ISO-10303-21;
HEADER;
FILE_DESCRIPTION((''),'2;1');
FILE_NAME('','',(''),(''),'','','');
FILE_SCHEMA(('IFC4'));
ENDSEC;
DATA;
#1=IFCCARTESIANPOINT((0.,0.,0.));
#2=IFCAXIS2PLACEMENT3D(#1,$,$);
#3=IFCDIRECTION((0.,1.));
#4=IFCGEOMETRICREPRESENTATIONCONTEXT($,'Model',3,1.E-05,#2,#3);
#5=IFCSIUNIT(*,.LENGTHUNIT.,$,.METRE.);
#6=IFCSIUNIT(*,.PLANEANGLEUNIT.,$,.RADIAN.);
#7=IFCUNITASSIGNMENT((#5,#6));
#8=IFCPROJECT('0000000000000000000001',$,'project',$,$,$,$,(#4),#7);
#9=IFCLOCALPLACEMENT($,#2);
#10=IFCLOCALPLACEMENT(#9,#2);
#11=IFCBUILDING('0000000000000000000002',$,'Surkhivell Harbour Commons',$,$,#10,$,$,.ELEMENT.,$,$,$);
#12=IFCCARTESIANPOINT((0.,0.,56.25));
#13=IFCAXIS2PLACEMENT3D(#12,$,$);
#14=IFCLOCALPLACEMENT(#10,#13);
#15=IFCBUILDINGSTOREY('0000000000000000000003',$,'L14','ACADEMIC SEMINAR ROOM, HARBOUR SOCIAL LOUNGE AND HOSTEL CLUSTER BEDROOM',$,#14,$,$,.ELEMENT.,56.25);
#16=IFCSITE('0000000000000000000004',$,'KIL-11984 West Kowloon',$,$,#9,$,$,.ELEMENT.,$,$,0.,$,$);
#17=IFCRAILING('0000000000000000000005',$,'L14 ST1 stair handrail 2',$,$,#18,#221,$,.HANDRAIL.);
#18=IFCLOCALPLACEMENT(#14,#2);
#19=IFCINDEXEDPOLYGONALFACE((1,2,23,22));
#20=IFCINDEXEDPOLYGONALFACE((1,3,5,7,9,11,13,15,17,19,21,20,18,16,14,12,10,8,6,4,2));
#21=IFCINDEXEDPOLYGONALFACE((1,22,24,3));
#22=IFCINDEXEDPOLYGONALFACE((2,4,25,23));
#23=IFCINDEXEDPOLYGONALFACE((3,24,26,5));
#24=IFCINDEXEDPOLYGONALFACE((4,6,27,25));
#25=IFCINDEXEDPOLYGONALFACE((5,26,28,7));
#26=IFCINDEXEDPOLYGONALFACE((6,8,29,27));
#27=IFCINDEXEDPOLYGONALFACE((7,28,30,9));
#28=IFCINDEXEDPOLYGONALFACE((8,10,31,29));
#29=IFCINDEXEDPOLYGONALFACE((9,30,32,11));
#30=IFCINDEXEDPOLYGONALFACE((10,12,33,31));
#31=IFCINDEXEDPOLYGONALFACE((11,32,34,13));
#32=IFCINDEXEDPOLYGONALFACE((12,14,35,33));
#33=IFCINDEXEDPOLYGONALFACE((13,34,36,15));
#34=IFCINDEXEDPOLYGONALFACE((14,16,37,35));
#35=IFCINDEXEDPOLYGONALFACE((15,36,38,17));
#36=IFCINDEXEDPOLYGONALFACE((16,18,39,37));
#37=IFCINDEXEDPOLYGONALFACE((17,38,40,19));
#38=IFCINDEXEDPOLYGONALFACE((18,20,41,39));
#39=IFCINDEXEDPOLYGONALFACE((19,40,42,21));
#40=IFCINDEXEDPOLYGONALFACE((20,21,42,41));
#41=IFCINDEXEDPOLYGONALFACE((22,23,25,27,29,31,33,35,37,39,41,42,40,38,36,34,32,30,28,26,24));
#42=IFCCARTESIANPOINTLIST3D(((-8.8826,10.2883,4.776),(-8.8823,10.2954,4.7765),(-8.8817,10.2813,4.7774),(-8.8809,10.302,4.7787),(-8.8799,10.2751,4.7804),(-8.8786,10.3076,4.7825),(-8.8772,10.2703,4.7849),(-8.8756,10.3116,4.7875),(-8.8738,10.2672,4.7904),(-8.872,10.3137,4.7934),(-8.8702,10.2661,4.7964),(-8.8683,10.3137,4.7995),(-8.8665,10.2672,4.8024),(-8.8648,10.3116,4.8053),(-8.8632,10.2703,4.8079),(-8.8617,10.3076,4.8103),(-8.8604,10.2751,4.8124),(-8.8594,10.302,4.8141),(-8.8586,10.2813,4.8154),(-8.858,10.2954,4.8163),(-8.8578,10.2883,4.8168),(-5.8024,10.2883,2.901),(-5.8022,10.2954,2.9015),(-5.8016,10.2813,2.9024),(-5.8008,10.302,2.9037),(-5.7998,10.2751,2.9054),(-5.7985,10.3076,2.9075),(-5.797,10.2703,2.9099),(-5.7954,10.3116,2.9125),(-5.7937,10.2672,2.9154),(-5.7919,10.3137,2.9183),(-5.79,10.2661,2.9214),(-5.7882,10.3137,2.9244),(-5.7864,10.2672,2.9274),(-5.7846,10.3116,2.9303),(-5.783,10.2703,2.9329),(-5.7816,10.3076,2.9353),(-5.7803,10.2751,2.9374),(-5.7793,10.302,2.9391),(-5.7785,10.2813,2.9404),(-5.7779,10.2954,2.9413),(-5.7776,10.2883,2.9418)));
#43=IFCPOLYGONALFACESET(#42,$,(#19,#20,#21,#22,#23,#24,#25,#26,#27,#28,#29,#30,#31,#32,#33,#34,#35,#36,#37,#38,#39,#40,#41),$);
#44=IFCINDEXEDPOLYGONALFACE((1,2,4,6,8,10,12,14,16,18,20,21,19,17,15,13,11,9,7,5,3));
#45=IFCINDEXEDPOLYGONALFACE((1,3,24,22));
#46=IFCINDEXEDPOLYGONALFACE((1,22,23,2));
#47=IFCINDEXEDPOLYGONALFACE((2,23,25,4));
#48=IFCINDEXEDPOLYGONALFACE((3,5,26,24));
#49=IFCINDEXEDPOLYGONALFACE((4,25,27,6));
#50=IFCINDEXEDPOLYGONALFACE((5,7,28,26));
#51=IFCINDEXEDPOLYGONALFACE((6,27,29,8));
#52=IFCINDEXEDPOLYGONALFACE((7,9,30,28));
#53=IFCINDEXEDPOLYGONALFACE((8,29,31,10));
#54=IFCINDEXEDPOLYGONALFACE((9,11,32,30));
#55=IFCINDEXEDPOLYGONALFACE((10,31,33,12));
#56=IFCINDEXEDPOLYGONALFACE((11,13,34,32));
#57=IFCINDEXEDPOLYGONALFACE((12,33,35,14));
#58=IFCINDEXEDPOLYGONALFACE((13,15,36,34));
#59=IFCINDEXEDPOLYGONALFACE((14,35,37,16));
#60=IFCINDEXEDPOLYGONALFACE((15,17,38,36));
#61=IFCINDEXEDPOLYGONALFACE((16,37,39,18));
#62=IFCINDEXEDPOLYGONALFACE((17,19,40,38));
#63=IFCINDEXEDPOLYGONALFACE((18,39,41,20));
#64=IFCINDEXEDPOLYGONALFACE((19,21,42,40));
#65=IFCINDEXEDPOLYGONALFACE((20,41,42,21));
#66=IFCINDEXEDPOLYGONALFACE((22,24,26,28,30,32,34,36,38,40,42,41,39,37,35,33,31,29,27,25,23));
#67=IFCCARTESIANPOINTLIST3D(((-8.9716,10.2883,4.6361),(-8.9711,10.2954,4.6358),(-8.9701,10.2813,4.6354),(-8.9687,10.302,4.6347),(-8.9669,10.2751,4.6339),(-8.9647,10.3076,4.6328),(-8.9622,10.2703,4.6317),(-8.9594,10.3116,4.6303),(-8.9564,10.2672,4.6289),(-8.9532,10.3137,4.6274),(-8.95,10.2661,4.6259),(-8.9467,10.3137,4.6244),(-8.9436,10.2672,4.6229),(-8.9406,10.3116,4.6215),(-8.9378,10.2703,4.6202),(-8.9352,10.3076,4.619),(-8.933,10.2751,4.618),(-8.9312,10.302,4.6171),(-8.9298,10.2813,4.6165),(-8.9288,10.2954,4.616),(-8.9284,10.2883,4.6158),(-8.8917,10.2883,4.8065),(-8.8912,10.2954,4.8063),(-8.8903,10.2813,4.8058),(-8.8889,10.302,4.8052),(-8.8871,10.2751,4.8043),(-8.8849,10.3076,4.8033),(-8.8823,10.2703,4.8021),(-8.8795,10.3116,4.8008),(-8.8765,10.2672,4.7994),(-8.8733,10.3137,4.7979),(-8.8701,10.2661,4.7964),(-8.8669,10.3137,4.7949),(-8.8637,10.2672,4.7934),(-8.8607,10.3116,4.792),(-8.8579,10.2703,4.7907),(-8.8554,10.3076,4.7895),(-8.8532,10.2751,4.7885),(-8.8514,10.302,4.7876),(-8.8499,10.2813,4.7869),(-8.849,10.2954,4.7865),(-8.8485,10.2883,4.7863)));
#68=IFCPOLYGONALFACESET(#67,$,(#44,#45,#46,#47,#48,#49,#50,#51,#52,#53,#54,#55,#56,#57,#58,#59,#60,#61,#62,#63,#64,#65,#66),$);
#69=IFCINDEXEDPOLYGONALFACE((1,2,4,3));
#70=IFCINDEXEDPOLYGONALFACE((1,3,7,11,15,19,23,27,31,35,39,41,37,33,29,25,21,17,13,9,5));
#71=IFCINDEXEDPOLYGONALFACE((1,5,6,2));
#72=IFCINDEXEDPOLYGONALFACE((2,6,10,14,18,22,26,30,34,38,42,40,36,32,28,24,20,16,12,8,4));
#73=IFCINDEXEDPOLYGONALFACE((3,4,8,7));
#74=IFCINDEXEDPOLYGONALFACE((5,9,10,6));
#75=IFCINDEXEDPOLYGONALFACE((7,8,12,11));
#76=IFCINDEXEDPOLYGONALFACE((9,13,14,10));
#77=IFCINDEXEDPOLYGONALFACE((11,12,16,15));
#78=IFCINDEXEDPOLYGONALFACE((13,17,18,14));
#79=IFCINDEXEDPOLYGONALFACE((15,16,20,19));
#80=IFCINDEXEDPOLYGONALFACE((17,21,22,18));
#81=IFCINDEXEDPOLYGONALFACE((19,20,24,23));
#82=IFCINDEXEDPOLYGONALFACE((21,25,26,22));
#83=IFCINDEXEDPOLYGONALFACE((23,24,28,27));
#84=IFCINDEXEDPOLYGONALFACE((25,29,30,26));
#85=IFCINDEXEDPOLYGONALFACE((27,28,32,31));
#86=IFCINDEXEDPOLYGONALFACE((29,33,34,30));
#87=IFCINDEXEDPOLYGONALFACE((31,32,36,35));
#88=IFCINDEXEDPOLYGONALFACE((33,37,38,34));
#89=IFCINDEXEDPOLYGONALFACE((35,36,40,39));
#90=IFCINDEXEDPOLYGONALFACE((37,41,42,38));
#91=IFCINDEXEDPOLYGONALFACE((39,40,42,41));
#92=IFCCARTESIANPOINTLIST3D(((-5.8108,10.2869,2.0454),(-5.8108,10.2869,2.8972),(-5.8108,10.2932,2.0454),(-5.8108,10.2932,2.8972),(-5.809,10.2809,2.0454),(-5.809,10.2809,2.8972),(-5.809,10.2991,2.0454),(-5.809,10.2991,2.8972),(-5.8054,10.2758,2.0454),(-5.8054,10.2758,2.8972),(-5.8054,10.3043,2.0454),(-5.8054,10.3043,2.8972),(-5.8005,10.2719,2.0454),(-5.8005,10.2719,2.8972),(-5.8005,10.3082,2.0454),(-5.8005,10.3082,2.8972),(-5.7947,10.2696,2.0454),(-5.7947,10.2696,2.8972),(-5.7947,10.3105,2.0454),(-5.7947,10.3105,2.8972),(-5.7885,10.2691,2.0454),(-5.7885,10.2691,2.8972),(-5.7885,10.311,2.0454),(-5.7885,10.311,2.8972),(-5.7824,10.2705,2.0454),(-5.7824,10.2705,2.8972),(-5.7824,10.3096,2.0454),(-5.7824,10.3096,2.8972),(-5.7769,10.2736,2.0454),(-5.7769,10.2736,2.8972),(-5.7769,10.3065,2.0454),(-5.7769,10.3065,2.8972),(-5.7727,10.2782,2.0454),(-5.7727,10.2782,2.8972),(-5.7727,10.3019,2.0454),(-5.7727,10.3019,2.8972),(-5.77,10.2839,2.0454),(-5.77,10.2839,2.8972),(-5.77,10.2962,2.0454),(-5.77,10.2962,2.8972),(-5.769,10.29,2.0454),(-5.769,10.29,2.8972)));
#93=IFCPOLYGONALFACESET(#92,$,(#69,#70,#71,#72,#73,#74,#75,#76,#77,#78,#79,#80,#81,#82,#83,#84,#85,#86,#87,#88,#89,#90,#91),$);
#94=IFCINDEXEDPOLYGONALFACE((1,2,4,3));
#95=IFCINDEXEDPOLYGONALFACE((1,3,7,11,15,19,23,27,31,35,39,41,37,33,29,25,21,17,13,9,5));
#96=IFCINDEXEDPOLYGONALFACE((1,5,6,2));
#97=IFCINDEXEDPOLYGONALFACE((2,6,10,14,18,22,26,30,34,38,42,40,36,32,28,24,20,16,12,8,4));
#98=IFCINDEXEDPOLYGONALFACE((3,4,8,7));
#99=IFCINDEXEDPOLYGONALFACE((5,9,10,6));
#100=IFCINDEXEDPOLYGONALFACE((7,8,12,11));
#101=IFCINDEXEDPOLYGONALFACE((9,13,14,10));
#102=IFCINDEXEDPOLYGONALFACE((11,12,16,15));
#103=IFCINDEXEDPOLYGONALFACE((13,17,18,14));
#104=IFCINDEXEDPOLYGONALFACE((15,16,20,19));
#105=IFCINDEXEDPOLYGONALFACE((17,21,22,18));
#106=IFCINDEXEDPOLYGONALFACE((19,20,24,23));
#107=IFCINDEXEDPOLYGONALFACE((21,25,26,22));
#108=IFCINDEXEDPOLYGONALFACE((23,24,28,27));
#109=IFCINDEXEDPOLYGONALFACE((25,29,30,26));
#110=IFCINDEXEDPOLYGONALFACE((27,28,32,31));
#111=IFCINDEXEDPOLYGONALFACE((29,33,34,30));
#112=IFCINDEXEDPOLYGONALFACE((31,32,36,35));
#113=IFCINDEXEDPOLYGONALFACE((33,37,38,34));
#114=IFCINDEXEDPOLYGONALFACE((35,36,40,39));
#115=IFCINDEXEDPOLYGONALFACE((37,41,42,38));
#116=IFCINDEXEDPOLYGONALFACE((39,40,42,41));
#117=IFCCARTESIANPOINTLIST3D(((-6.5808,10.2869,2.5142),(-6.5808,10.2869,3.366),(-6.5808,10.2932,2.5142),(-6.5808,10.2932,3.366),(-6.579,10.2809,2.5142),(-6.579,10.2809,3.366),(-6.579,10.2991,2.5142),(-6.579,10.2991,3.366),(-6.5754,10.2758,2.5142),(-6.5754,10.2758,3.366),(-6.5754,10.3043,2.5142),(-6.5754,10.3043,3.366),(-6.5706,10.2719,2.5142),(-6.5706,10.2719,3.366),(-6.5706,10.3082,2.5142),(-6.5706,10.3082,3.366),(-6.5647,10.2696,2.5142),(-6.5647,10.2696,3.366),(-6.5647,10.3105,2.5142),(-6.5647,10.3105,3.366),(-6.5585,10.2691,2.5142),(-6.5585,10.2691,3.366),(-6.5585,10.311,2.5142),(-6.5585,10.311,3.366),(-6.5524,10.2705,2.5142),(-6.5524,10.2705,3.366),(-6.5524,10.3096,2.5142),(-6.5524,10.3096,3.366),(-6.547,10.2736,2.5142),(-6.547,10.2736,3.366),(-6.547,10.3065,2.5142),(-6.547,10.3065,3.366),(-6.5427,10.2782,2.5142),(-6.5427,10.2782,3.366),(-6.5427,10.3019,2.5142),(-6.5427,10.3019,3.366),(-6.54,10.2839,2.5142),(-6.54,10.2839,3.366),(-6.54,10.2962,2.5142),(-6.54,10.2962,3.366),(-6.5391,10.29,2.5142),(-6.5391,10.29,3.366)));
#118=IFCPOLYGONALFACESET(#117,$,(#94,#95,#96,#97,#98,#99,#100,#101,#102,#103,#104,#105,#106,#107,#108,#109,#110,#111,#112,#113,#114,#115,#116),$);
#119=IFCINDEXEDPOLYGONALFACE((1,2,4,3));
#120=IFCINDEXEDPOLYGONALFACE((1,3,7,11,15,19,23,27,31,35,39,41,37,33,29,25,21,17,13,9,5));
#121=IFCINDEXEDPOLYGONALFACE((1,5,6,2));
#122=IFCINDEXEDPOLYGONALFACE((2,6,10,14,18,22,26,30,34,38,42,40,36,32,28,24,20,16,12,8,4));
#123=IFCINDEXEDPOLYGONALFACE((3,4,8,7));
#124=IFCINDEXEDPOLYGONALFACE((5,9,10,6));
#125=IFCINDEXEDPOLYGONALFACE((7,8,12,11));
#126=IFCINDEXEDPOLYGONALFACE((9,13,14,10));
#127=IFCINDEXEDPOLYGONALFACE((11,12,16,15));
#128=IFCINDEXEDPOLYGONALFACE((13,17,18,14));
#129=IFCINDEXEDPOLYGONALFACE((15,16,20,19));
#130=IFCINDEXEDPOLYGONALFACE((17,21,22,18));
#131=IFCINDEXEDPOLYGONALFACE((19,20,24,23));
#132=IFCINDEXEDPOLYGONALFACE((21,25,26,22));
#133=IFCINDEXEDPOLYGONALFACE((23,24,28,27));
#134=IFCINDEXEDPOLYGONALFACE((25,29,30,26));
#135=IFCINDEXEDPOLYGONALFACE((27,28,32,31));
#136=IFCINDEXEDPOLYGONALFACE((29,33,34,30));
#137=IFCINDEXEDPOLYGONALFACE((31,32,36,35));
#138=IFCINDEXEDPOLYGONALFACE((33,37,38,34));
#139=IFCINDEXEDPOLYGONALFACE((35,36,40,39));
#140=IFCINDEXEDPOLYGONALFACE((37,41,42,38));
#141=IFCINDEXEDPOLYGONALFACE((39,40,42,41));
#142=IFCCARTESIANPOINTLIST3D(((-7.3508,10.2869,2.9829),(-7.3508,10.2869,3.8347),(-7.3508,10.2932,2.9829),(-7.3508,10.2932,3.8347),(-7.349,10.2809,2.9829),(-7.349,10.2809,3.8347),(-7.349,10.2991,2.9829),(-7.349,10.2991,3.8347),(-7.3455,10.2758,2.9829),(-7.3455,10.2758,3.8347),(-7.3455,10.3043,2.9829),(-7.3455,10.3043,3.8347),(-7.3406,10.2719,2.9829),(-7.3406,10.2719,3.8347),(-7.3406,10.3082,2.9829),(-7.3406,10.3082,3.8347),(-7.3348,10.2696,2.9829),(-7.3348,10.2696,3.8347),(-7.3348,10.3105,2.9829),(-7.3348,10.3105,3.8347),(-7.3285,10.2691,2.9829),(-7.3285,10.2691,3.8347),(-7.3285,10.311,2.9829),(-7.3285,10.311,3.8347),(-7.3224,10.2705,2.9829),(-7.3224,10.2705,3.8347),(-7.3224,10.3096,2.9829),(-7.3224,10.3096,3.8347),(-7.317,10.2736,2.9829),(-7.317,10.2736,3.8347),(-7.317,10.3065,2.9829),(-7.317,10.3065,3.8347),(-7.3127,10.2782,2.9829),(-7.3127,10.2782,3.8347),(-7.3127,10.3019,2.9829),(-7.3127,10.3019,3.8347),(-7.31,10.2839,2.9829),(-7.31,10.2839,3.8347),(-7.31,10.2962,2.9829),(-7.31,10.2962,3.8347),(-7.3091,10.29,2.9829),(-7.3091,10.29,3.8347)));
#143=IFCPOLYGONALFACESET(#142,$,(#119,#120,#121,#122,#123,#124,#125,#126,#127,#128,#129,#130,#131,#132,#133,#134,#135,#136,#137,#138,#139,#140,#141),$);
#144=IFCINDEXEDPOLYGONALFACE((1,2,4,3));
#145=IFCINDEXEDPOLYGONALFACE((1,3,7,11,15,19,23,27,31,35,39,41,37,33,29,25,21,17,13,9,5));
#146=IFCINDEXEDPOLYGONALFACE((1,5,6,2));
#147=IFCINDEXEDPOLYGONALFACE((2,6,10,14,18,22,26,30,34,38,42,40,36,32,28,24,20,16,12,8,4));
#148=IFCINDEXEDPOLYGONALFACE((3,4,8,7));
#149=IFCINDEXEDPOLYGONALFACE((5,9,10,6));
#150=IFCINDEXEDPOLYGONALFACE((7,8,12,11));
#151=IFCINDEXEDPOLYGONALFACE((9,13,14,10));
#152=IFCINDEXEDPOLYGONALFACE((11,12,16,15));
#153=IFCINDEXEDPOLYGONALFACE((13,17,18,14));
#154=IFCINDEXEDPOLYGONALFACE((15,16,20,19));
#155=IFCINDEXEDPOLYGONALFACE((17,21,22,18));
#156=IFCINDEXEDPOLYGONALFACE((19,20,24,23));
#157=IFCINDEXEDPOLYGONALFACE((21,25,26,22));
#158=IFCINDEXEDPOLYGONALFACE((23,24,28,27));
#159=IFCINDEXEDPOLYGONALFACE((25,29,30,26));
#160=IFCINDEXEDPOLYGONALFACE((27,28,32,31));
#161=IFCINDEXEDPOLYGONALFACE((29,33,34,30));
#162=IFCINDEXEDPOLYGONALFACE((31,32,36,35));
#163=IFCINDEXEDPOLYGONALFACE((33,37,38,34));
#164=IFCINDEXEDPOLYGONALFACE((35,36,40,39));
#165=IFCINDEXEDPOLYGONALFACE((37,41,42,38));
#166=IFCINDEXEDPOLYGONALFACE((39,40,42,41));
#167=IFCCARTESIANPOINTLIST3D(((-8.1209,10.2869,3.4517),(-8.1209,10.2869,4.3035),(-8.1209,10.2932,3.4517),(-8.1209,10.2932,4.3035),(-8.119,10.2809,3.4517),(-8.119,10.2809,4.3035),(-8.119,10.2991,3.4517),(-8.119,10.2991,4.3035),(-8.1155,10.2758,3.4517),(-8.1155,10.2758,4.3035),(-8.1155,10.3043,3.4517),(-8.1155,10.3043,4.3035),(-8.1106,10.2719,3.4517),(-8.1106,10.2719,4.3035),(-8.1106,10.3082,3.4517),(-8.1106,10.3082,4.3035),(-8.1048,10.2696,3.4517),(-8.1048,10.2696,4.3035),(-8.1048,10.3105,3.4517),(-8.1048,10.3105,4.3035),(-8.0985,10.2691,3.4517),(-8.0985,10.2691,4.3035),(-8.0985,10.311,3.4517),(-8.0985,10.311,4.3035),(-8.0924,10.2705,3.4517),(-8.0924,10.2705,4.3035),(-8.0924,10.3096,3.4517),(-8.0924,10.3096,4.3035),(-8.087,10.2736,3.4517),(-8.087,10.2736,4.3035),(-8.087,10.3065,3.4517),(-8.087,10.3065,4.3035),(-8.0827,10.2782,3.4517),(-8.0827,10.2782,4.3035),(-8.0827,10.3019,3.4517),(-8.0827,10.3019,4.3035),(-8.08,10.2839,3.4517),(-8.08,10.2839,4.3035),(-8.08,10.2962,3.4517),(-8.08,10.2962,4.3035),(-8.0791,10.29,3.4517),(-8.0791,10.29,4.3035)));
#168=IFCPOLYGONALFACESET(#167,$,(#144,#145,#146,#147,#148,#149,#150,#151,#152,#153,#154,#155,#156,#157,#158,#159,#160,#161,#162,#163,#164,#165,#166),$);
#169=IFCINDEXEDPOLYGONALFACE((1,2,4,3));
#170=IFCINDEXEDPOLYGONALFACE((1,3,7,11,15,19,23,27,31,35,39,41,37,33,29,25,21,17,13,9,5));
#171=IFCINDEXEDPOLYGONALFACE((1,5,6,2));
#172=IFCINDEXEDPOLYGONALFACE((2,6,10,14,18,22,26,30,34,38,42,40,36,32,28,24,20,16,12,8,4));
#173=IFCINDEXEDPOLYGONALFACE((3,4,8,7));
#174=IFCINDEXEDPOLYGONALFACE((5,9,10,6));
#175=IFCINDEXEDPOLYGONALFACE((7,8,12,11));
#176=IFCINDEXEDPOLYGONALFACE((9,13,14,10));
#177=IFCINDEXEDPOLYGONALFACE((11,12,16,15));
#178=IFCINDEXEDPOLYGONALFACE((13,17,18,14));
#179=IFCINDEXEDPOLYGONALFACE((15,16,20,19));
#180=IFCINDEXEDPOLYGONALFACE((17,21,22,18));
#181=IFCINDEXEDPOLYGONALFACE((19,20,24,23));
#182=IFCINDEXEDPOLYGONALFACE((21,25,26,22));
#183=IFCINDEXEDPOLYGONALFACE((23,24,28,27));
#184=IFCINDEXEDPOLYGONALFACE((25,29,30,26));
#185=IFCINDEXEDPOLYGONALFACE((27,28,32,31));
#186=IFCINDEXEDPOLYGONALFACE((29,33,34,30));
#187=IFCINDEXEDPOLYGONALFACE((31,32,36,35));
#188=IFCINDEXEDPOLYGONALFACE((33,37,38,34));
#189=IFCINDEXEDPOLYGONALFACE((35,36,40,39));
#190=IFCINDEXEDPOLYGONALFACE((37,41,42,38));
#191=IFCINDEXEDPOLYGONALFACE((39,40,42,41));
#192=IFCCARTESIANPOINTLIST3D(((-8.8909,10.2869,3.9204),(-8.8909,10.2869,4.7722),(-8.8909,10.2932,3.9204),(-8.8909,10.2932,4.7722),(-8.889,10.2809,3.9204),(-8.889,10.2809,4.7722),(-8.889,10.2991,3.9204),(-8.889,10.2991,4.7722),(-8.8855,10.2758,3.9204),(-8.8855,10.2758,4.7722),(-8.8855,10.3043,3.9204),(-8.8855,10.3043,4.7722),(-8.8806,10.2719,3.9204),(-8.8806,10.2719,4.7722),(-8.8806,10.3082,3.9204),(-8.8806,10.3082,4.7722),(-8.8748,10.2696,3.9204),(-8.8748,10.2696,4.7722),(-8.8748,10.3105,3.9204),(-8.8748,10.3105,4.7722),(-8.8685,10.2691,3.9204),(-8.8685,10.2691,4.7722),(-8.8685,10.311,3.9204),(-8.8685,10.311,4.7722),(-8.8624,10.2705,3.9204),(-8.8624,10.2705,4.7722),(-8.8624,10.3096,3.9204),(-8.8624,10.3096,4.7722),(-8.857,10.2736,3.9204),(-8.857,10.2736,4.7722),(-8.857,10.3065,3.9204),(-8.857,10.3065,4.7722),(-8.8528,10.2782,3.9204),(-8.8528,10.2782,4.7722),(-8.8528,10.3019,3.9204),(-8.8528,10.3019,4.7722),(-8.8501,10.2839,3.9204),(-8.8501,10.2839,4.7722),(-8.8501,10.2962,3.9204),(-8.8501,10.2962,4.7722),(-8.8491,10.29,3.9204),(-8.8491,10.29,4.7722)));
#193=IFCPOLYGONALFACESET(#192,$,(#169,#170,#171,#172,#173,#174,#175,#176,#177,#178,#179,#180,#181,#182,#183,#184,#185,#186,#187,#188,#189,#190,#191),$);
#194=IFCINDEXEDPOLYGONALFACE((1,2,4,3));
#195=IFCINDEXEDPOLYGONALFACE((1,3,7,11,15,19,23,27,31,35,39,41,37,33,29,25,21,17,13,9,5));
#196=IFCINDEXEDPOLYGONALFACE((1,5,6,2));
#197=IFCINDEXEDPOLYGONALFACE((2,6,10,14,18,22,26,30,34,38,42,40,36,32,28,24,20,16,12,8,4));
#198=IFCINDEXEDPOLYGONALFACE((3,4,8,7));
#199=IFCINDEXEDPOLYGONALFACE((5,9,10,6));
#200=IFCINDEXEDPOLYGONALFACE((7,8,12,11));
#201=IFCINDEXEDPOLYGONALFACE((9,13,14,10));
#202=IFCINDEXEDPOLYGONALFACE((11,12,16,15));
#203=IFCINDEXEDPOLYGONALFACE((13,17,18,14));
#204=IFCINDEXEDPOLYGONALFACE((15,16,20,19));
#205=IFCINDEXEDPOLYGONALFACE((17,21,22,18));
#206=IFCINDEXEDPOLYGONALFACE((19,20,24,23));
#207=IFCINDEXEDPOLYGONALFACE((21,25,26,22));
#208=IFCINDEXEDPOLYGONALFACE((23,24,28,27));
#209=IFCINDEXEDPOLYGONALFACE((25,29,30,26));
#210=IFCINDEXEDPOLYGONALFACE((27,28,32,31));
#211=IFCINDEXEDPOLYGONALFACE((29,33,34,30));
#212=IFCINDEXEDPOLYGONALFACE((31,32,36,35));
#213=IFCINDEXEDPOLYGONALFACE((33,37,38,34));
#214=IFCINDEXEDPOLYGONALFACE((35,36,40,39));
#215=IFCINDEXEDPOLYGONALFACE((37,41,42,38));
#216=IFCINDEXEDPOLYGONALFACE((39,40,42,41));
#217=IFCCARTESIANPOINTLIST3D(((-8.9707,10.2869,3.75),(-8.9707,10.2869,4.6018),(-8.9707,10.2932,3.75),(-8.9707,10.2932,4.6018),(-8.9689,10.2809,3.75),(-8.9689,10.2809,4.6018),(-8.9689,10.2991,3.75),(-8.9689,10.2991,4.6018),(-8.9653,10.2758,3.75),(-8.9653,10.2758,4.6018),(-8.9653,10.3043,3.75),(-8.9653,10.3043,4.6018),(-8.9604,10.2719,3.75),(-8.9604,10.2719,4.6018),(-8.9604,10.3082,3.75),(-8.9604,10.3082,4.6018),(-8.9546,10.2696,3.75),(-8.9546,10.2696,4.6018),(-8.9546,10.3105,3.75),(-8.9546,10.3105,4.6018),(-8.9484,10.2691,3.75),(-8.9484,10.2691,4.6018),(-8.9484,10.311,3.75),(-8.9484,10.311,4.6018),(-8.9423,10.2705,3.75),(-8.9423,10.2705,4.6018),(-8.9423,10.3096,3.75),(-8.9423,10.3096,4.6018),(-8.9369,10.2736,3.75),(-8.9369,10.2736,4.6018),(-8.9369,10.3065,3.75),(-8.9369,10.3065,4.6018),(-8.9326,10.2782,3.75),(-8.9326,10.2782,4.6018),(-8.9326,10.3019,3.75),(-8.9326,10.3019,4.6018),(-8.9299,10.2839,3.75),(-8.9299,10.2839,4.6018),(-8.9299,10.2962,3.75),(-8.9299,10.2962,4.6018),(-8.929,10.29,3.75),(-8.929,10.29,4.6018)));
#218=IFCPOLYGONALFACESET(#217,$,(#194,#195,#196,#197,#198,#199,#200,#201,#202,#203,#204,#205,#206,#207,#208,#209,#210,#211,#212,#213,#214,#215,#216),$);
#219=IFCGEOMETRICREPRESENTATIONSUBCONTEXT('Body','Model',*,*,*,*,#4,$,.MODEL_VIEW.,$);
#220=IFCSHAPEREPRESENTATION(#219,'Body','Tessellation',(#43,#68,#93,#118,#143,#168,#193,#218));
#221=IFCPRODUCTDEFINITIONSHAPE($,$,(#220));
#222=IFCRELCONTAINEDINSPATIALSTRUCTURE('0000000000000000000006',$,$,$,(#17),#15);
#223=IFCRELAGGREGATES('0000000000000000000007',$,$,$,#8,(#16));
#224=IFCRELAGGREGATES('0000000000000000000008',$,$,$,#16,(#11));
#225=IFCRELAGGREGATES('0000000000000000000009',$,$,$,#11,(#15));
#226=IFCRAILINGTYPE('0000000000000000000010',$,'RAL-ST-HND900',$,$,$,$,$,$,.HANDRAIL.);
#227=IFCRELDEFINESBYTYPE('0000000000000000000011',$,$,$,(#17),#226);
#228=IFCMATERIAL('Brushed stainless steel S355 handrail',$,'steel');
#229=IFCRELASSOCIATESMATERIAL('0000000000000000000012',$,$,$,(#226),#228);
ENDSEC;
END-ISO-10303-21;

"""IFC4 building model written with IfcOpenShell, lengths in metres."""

from ifc_helpers import new_model, si_unit, direction, frame, origin, origin_2d, place, context, subcontext, project, spatial, circle, extrude, material, type_object, element, save


model = new_model("IFC4")

# Units and contexts
model_context = context("Model", 3, precision=1e-05, world=origin(), true_north=direction((0.0, 1.0)))
body_context = subcontext(model_context, "Body", "Model", "MODEL_VIEW")
ifc_project = project(units=[si_unit("LENGTHUNIT", "METRE"), si_unit("PLANEANGLEUNIT", "RADIAN")], contexts=[model_context])

# Site, building, storey
site_placement = place(None, origin())
site = spatial("IfcSite", under=ifc_project, at=site_placement, Name="KIL-11984 West Kowloon", CompositionType="ELEMENT", RefElevation=0.0)
building_placement = place(site_placement, origin())
building = spatial("IfcBuilding", under=site, at=building_placement, Name="Surkhivell Harbour Commons", CompositionType="ELEMENT")
storey_placement = place(building_placement, frame((0.0, 0.0, 56.25)))
storey = spatial("IfcBuildingStorey", under=building, at=storey_placement, Name="L14", Description="ACADEMIC SEMINAR ROOM, HARBOUR SOCIAL LOUNGE AND HOSTEL CLUSTER BEDROOM", CompositionType="ELEMENT", Elevation=56.25)

# Railing
ifc_material_1 = material(Name="Brushed stainless steel S355 handrail", Category="steel")
railing_type_1 = type_object("IfcRailingType", Name="RAL-ST-HND900", PredefinedType="HANDRAIL", material=ifc_material_1)
railing_1_placement = place(storey_placement, frame((-5.79, 10.29, 2.0454)))
element("IfcRailing", 1, at=railing_1_placement, inside=storey, type_object=railing_type_1, Name="L14 ST1 stair handrail 2", PredefinedType="HANDRAIL", context=body_context, shape_type="SweptSolid", body=[
    extrude(circle(Radius=0.0239, at=origin_2d()), frame((0.0, 0.0, 0.876), z_axis=(-0.854178, 0.0, 0.519981), x_axis=(0.0, -1.0, 0.0)), (0.0, 0.0, 1.0), 3.606),
    extrude(circle(Radius=0.0239, at=origin_2d()), frame((-3.0801, 0.0, 2.751), z_axis=(-0.424234, 0.0, -0.905552), x_axis=(0.0, -1.0, 0.0)), (0.0, 0.0, 1.0), 0.1882),
    extrude(circle(Radius=0.021, at=origin_2d()), origin(), (0.0, 0.0, 1.0), 0.8518),
    extrude(circle(Radius=0.021, at=origin_2d()), frame((-0.77, 0.0, 0.4688)), (0.0, 0.0, 1.0), 0.8518),
    extrude(circle(Radius=0.021, at=origin_2d()), frame((-1.54, 0.0, 0.9375)), (0.0, 0.0, 1.0), 0.8518),
    extrude(circle(Radius=0.021, at=origin_2d()), frame((-2.3101, 0.0, 1.4062)), (0.0, 0.0, 1.0), 0.8518),
    extrude(circle(Radius=0.021, at=origin_2d()), frame((-3.0801, 0.0, 1.875)), (0.0, 0.0, 1.0), 0.8518),
    extrude(circle(Radius=0.021, at=origin_2d()), frame((-3.1599, 0.0, 1.7046)), (0.0, 0.0, 1.0), 0.8518),
])

save(model, "model.ifc")
